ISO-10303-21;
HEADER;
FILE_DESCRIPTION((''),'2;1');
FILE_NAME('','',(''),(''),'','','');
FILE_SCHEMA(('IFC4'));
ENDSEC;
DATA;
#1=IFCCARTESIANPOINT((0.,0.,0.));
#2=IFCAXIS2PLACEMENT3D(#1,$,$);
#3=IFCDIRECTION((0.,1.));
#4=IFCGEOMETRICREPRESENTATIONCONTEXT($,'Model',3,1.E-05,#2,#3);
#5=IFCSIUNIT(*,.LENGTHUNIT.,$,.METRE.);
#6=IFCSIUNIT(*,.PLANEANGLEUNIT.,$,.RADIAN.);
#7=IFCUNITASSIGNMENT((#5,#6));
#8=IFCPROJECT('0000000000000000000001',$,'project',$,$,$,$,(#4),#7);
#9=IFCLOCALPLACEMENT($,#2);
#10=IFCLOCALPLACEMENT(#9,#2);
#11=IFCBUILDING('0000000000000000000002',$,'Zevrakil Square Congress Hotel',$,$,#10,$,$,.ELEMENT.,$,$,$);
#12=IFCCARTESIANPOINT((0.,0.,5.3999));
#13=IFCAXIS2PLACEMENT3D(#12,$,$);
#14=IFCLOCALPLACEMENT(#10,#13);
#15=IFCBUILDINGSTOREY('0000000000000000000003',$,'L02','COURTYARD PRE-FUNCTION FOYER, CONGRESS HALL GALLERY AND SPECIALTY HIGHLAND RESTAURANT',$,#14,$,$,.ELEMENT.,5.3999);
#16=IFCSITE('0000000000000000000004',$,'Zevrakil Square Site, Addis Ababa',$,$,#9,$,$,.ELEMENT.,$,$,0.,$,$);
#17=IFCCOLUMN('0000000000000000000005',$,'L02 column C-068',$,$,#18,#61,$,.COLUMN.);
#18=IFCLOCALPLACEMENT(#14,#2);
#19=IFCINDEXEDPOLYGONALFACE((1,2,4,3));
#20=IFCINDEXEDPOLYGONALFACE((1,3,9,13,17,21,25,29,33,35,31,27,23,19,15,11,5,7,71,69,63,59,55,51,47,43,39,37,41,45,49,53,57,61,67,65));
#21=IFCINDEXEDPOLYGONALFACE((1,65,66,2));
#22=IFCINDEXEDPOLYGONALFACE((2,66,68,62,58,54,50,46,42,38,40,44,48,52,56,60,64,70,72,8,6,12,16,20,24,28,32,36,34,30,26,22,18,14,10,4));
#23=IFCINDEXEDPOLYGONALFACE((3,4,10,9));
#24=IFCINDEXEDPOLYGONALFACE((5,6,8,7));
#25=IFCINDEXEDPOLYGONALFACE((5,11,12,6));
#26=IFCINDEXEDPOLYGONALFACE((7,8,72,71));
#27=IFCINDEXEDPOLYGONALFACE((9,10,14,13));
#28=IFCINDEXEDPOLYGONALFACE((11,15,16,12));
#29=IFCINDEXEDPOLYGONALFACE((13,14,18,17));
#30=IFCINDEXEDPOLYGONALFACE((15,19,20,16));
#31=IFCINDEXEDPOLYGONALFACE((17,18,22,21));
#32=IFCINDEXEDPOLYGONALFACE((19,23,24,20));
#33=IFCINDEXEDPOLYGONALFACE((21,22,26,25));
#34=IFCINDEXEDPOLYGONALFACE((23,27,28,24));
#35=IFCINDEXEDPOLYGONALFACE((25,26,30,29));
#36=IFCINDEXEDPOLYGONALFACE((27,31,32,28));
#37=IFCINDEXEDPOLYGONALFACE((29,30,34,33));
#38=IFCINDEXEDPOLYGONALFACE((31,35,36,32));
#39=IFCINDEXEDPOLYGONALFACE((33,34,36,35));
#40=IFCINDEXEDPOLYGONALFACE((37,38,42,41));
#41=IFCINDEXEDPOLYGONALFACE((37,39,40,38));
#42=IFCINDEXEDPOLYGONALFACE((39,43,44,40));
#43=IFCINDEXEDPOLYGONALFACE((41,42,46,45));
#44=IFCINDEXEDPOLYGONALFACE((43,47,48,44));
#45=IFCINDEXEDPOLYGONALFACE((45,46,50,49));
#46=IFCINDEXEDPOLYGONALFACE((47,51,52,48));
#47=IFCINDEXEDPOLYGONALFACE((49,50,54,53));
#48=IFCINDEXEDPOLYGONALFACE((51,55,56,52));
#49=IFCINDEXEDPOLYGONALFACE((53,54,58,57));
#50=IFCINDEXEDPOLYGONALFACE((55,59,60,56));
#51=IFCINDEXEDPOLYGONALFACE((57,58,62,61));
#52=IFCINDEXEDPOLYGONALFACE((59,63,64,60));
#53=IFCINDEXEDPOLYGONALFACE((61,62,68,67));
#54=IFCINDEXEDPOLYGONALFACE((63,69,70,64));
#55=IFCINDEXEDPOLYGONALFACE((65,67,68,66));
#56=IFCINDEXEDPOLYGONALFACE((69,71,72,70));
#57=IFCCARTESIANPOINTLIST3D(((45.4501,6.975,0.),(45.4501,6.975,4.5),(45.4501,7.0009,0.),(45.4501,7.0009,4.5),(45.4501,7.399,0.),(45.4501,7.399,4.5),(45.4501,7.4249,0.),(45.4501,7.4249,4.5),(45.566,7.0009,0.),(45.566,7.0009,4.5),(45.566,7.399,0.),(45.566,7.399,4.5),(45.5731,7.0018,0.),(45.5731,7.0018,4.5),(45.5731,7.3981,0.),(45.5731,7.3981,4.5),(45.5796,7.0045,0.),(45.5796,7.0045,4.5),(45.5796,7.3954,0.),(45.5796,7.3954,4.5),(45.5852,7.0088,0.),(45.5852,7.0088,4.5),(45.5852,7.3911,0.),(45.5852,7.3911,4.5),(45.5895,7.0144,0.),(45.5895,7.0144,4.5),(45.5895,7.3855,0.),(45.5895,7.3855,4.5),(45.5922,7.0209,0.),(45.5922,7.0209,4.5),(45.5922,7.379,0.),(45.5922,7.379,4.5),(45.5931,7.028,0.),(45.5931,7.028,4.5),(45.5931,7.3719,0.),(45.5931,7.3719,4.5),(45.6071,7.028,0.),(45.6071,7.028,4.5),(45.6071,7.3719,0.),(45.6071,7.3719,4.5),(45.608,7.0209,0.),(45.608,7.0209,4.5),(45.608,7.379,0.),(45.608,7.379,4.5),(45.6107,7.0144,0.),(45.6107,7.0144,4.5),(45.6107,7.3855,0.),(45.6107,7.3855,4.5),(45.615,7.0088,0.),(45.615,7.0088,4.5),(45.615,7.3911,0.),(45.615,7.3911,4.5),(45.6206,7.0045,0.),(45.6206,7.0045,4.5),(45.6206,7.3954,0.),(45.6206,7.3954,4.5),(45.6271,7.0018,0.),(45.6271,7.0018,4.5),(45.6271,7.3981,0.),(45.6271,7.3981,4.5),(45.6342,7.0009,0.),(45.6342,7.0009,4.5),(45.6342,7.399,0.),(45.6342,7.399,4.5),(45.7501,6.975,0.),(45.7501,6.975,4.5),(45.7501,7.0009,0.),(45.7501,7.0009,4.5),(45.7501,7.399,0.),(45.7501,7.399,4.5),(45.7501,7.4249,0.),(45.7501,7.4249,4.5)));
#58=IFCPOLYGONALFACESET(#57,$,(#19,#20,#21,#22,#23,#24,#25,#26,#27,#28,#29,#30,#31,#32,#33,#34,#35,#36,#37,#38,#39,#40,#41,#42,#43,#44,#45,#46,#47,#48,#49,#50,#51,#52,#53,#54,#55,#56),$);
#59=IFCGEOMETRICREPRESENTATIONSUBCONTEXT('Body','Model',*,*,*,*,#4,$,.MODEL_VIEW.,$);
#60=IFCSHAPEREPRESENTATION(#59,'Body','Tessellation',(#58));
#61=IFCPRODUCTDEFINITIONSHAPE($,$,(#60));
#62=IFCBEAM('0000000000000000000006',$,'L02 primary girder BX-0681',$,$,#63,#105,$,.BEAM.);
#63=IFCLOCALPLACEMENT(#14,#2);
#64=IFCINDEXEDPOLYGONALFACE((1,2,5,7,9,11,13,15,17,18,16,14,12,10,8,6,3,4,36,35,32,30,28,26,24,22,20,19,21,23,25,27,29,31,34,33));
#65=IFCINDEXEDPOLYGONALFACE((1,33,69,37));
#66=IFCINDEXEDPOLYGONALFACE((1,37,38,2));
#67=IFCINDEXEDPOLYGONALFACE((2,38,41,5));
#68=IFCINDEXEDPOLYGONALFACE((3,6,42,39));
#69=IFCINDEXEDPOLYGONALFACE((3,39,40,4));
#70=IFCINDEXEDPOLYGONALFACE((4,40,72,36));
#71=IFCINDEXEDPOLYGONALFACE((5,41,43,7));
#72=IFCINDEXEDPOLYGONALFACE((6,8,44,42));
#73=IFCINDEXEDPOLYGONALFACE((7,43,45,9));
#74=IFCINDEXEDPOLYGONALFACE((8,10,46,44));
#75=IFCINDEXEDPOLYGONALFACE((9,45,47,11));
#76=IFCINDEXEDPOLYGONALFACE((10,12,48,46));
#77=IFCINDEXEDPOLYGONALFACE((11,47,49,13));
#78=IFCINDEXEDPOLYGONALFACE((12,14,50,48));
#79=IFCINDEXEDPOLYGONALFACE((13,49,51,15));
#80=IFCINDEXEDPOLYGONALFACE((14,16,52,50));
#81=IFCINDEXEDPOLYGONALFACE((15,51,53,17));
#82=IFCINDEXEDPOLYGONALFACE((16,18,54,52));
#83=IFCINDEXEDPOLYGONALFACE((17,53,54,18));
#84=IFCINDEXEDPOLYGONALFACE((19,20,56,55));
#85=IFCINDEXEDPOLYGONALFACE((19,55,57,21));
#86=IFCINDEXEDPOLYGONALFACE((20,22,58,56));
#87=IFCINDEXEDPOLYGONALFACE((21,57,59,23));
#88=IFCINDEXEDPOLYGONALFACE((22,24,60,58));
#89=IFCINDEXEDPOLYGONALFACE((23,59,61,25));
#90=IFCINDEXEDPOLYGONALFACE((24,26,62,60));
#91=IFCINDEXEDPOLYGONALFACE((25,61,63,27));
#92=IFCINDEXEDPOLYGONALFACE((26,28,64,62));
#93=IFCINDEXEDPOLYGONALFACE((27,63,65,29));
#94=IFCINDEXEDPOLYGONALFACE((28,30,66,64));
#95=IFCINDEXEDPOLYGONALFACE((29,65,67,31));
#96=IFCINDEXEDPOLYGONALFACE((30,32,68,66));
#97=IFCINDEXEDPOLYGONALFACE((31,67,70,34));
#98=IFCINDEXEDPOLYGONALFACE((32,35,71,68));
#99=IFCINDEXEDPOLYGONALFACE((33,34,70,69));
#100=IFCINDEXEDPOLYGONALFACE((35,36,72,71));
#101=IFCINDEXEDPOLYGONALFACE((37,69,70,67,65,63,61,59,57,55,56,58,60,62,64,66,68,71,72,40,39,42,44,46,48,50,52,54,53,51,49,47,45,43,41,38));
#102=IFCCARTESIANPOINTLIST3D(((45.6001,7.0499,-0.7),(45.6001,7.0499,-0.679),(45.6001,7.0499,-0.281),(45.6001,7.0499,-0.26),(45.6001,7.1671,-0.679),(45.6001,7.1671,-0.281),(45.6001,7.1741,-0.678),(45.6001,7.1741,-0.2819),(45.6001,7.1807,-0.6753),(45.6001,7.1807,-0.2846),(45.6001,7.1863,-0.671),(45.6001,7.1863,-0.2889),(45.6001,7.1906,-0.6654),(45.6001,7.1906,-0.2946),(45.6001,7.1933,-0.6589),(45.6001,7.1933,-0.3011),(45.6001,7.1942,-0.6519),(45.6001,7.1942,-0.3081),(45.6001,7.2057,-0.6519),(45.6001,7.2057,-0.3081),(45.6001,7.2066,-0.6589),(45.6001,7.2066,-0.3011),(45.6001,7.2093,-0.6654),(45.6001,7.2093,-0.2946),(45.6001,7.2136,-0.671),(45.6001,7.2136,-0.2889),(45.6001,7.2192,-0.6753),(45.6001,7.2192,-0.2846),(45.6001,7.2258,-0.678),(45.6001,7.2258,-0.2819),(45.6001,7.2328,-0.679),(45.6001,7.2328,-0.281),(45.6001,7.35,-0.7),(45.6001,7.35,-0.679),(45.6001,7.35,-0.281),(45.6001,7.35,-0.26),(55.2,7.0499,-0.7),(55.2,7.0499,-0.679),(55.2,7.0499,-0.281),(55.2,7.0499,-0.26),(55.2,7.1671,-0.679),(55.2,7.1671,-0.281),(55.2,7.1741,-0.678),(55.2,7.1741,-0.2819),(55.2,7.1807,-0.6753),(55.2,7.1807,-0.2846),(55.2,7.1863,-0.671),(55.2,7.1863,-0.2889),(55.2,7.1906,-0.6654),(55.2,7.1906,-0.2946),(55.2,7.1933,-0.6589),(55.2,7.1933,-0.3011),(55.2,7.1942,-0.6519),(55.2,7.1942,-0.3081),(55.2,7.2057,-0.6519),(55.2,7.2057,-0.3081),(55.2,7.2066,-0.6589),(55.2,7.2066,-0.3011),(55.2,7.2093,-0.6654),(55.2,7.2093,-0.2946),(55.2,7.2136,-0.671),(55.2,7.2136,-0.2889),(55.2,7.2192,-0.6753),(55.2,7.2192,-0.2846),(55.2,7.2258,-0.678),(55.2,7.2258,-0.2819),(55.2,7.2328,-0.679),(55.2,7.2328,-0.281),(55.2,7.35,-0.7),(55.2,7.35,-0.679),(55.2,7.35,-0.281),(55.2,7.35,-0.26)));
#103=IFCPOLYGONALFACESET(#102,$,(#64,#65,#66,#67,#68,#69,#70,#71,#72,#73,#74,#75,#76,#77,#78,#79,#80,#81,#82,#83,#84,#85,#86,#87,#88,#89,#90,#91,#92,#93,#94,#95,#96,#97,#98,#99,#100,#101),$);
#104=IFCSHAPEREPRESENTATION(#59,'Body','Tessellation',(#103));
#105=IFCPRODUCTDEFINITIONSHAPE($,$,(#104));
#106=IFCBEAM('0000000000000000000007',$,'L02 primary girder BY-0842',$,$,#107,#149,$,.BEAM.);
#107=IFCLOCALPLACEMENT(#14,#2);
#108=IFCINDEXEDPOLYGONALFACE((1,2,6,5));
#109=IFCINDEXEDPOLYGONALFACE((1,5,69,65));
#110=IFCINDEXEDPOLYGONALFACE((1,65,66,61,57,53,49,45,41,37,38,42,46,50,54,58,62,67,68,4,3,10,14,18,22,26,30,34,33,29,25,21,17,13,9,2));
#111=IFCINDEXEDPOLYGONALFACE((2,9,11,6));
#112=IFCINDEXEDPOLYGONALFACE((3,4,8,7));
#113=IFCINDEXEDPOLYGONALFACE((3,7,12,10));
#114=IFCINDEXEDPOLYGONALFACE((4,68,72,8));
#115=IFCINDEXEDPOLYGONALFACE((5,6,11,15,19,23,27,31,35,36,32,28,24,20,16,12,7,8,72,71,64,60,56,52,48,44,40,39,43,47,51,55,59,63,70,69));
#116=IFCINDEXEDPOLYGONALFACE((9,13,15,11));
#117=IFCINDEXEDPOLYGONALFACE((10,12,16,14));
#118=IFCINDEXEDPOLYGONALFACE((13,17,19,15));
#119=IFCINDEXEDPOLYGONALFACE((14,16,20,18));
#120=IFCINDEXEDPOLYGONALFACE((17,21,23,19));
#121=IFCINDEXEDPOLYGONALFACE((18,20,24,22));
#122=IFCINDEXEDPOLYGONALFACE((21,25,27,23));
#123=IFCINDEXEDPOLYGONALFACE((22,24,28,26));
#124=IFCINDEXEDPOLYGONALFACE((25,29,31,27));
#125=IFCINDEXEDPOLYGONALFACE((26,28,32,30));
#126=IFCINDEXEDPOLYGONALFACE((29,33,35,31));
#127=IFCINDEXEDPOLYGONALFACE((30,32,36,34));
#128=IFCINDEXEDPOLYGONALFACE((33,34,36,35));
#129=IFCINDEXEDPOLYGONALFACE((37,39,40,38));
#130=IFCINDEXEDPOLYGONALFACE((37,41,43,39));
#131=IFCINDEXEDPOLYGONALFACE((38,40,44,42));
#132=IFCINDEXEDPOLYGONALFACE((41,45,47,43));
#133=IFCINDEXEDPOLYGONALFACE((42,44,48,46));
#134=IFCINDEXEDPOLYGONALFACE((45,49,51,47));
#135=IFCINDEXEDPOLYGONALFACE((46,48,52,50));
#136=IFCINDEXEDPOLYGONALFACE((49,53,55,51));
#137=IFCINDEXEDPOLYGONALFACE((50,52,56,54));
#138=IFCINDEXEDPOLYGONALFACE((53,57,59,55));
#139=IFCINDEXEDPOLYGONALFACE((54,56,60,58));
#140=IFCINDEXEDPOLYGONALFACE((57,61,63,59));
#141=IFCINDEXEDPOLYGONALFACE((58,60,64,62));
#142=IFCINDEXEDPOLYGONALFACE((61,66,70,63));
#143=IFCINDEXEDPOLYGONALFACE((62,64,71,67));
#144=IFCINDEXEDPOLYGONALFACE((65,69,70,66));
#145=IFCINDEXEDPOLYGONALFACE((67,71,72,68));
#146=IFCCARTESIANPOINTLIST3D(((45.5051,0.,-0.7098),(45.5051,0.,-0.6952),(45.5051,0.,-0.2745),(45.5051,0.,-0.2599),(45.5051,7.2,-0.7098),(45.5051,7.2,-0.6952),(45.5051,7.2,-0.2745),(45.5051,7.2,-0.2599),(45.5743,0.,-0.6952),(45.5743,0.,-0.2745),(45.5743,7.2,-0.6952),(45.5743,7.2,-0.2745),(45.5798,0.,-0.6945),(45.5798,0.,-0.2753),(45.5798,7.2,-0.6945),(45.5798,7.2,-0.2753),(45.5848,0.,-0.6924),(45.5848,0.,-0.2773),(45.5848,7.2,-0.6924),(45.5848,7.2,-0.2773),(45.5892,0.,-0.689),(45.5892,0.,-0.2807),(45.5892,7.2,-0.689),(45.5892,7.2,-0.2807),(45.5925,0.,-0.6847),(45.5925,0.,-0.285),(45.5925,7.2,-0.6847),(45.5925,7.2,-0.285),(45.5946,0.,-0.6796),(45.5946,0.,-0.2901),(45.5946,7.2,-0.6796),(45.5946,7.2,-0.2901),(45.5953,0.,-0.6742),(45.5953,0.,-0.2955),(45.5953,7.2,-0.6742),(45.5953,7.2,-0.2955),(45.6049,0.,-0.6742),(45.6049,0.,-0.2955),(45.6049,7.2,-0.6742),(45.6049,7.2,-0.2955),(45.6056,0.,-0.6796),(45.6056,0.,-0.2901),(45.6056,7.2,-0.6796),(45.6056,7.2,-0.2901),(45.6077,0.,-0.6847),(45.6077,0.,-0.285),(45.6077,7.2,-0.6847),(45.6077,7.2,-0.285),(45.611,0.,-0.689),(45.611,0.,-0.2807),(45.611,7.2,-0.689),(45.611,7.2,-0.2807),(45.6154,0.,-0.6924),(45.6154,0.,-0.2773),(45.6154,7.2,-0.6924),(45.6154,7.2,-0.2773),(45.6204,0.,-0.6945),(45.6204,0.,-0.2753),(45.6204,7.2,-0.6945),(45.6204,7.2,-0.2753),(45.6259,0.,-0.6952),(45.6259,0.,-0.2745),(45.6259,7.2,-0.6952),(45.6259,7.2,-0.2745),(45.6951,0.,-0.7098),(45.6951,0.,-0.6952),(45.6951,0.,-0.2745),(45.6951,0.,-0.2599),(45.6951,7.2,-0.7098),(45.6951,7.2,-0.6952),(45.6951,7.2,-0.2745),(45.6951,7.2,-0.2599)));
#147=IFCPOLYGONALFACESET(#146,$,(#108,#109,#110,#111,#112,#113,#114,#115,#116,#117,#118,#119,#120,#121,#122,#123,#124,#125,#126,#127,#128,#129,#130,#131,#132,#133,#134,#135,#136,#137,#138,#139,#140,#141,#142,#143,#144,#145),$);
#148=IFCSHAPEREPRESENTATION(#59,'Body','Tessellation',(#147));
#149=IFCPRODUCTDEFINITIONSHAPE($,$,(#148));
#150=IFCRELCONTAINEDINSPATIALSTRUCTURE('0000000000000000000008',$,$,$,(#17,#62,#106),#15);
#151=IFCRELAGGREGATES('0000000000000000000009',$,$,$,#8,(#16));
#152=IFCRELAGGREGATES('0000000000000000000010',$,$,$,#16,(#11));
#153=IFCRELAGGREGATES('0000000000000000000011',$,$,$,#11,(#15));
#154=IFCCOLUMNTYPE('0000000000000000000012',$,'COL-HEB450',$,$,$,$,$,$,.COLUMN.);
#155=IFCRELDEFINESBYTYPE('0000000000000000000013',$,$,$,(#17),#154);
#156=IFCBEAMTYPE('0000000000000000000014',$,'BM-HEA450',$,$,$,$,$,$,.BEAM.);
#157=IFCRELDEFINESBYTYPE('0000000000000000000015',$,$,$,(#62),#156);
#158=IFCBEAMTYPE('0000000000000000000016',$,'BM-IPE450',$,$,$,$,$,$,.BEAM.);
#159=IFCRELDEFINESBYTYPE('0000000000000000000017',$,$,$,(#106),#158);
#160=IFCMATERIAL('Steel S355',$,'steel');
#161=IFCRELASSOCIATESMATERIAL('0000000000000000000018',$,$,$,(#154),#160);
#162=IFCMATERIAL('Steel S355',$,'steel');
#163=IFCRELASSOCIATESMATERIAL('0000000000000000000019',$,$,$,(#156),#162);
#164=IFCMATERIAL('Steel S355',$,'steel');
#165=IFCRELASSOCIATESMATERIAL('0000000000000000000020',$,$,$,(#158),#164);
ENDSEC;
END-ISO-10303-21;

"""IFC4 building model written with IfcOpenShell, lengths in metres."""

from ifc_helpers import new_model, si_unit, direction, frame, origin, origin_2d, place, context, subcontext, project, spatial, i_section, extrude, material, material_profile, profile_set, type_object, element, save


model = new_model("IFC4")

# Units and contexts
model_context = context("Model", 3, precision=1e-05, world=origin(), true_north=direction((0.0, 1.0)))
body_context = subcontext(model_context, "Body", "Model", "MODEL_VIEW")
ifc_project = project(units=[si_unit("LENGTHUNIT", "METRE"), si_unit("PLANEANGLEUNIT", "RADIAN")], contexts=[model_context])

# Site, building, storey
site_placement = place(None, origin())
site = spatial("IfcSite", under=ifc_project, at=site_placement, Name="Zevrakil Square Site, Addis Ababa", CompositionType="ELEMENT", RefElevation=0.0)
building_placement = place(site_placement, origin())
building = spatial("IfcBuilding", under=site, at=building_placement, Name="Zevrakil Square Congress Hotel", CompositionType="ELEMENT")
storey_placement = place(building_placement, frame((0.0, 0.0, 5.3999)))
storey = spatial("IfcBuildingStorey", under=building, at=storey_placement, Name="L02", Description="COURTYARD PRE-FUNCTION FOYER, CONGRESS HALL GALLERY AND SPECIALTY HIGHLAND RESTAURANT", CompositionType="ELEMENT", Elevation=5.3999)

# Column
ifc_material_1 = material(Name="Steel S355", Category="steel")
ifc_material_profile_1 = material_profile(ifc_material_1, i_section(OverallWidth=0.3, OverallDepth=0.45, WebThickness=0.0139, FlangeThickness=0.0259, FilletRadius=0.0271, at=origin_2d()), Name="HEB 450")
ifc_profile_set_1 = profile_set([ifc_material_profile_1], Name="Steel S355")
column_type = type_object("IfcColumnType", Name="COL-HEB450", PredefinedType="COLUMN", material=ifc_profile_set_1)
column_placement = place(storey_placement, frame((45.6001, 7.2, 0.0), z_axis=(0.0, 0.0, 1.0), x_axis=(1.0, 0.0, 0.0)))
element("IfcColumn", 1, at=column_placement, inside=storey, type_object=column_type, Name="L02 column C-068", PredefinedType="COLUMN", context=body_context, shape_type="SweptSolid", body=[
    extrude(i_section(OverallWidth=0.3, OverallDepth=0.45, WebThickness=0.0139, FlangeThickness=0.0259, FilletRadius=0.0271, at=origin_2d()), origin(), (0.0, 0.0, 1.0), 4.5),
])

# Beams
ifc_material_2 = material(Name="Steel S355", Category="steel")
ifc_material_profile_2 = material_profile(ifc_material_2, i_section(OverallWidth=0.3, OverallDepth=0.4399, WebThickness=0.0115, FlangeThickness=0.021, FilletRadius=0.0271, at=origin_2d()), Name="HEA 450")
ifc_profile_set_2 = profile_set([ifc_material_profile_2], Name="Steel S355")
beam_type_1 = type_object("IfcBeamType", Name="BM-HEA450", PredefinedType="BEAM", material=ifc_profile_set_2)
beam_1_placement = place(storey_placement, frame((45.6001, 7.2, -0.48), z_axis=(1.0, 0.0, 0.0), x_axis=(0.0, 1.0, 0.0)))
element("IfcBeam", 2, at=beam_1_placement, inside=storey, type_object=beam_type_1, Name="L02 primary girder BX-0681", PredefinedType="BEAM", context=body_context, shape_type="SweptSolid", body=[
    extrude(i_section(OverallWidth=0.3, OverallDepth=0.4399, WebThickness=0.0115, FlangeThickness=0.021, FilletRadius=0.0271, at=origin_2d()), origin(), (0.0, 0.0, 1.0), 9.5999),
])
ifc_material_3 = material(Name="Steel S355", Category="steel")
ifc_material_profile_3 = material_profile(ifc_material_3, i_section(OverallWidth=0.1899, OverallDepth=0.45, WebThickness=0.0095, FlangeThickness=0.0146, FilletRadius=0.021, at=origin_2d()), Name="IPE 450")
ifc_profile_set_3 = profile_set([ifc_material_profile_3], Name="Steel S355")
beam_type_2 = type_object("IfcBeamType", Name="BM-IPE450", PredefinedType="BEAM", material=ifc_profile_set_3)
beam_2_placement = place(storey_placement, frame((45.6001, 0.0, -0.4849), z_axis=(0.0, 1.0, 0.0), x_axis=(-1.0, 0.0, 0.0)))
element("IfcBeam", 3, at=beam_2_placement, inside=storey, type_object=beam_type_2, Name="L02 primary girder BY-0842", PredefinedType="BEAM", context=body_context, shape_type="SweptSolid", body=[
    extrude(i_section(OverallWidth=0.1899, OverallDepth=0.45, WebThickness=0.0095, FlangeThickness=0.0146, FilletRadius=0.021, at=origin_2d()), origin(), (0.0, 0.0, 1.0), 7.2),
])

save(model, "model.ifc")
